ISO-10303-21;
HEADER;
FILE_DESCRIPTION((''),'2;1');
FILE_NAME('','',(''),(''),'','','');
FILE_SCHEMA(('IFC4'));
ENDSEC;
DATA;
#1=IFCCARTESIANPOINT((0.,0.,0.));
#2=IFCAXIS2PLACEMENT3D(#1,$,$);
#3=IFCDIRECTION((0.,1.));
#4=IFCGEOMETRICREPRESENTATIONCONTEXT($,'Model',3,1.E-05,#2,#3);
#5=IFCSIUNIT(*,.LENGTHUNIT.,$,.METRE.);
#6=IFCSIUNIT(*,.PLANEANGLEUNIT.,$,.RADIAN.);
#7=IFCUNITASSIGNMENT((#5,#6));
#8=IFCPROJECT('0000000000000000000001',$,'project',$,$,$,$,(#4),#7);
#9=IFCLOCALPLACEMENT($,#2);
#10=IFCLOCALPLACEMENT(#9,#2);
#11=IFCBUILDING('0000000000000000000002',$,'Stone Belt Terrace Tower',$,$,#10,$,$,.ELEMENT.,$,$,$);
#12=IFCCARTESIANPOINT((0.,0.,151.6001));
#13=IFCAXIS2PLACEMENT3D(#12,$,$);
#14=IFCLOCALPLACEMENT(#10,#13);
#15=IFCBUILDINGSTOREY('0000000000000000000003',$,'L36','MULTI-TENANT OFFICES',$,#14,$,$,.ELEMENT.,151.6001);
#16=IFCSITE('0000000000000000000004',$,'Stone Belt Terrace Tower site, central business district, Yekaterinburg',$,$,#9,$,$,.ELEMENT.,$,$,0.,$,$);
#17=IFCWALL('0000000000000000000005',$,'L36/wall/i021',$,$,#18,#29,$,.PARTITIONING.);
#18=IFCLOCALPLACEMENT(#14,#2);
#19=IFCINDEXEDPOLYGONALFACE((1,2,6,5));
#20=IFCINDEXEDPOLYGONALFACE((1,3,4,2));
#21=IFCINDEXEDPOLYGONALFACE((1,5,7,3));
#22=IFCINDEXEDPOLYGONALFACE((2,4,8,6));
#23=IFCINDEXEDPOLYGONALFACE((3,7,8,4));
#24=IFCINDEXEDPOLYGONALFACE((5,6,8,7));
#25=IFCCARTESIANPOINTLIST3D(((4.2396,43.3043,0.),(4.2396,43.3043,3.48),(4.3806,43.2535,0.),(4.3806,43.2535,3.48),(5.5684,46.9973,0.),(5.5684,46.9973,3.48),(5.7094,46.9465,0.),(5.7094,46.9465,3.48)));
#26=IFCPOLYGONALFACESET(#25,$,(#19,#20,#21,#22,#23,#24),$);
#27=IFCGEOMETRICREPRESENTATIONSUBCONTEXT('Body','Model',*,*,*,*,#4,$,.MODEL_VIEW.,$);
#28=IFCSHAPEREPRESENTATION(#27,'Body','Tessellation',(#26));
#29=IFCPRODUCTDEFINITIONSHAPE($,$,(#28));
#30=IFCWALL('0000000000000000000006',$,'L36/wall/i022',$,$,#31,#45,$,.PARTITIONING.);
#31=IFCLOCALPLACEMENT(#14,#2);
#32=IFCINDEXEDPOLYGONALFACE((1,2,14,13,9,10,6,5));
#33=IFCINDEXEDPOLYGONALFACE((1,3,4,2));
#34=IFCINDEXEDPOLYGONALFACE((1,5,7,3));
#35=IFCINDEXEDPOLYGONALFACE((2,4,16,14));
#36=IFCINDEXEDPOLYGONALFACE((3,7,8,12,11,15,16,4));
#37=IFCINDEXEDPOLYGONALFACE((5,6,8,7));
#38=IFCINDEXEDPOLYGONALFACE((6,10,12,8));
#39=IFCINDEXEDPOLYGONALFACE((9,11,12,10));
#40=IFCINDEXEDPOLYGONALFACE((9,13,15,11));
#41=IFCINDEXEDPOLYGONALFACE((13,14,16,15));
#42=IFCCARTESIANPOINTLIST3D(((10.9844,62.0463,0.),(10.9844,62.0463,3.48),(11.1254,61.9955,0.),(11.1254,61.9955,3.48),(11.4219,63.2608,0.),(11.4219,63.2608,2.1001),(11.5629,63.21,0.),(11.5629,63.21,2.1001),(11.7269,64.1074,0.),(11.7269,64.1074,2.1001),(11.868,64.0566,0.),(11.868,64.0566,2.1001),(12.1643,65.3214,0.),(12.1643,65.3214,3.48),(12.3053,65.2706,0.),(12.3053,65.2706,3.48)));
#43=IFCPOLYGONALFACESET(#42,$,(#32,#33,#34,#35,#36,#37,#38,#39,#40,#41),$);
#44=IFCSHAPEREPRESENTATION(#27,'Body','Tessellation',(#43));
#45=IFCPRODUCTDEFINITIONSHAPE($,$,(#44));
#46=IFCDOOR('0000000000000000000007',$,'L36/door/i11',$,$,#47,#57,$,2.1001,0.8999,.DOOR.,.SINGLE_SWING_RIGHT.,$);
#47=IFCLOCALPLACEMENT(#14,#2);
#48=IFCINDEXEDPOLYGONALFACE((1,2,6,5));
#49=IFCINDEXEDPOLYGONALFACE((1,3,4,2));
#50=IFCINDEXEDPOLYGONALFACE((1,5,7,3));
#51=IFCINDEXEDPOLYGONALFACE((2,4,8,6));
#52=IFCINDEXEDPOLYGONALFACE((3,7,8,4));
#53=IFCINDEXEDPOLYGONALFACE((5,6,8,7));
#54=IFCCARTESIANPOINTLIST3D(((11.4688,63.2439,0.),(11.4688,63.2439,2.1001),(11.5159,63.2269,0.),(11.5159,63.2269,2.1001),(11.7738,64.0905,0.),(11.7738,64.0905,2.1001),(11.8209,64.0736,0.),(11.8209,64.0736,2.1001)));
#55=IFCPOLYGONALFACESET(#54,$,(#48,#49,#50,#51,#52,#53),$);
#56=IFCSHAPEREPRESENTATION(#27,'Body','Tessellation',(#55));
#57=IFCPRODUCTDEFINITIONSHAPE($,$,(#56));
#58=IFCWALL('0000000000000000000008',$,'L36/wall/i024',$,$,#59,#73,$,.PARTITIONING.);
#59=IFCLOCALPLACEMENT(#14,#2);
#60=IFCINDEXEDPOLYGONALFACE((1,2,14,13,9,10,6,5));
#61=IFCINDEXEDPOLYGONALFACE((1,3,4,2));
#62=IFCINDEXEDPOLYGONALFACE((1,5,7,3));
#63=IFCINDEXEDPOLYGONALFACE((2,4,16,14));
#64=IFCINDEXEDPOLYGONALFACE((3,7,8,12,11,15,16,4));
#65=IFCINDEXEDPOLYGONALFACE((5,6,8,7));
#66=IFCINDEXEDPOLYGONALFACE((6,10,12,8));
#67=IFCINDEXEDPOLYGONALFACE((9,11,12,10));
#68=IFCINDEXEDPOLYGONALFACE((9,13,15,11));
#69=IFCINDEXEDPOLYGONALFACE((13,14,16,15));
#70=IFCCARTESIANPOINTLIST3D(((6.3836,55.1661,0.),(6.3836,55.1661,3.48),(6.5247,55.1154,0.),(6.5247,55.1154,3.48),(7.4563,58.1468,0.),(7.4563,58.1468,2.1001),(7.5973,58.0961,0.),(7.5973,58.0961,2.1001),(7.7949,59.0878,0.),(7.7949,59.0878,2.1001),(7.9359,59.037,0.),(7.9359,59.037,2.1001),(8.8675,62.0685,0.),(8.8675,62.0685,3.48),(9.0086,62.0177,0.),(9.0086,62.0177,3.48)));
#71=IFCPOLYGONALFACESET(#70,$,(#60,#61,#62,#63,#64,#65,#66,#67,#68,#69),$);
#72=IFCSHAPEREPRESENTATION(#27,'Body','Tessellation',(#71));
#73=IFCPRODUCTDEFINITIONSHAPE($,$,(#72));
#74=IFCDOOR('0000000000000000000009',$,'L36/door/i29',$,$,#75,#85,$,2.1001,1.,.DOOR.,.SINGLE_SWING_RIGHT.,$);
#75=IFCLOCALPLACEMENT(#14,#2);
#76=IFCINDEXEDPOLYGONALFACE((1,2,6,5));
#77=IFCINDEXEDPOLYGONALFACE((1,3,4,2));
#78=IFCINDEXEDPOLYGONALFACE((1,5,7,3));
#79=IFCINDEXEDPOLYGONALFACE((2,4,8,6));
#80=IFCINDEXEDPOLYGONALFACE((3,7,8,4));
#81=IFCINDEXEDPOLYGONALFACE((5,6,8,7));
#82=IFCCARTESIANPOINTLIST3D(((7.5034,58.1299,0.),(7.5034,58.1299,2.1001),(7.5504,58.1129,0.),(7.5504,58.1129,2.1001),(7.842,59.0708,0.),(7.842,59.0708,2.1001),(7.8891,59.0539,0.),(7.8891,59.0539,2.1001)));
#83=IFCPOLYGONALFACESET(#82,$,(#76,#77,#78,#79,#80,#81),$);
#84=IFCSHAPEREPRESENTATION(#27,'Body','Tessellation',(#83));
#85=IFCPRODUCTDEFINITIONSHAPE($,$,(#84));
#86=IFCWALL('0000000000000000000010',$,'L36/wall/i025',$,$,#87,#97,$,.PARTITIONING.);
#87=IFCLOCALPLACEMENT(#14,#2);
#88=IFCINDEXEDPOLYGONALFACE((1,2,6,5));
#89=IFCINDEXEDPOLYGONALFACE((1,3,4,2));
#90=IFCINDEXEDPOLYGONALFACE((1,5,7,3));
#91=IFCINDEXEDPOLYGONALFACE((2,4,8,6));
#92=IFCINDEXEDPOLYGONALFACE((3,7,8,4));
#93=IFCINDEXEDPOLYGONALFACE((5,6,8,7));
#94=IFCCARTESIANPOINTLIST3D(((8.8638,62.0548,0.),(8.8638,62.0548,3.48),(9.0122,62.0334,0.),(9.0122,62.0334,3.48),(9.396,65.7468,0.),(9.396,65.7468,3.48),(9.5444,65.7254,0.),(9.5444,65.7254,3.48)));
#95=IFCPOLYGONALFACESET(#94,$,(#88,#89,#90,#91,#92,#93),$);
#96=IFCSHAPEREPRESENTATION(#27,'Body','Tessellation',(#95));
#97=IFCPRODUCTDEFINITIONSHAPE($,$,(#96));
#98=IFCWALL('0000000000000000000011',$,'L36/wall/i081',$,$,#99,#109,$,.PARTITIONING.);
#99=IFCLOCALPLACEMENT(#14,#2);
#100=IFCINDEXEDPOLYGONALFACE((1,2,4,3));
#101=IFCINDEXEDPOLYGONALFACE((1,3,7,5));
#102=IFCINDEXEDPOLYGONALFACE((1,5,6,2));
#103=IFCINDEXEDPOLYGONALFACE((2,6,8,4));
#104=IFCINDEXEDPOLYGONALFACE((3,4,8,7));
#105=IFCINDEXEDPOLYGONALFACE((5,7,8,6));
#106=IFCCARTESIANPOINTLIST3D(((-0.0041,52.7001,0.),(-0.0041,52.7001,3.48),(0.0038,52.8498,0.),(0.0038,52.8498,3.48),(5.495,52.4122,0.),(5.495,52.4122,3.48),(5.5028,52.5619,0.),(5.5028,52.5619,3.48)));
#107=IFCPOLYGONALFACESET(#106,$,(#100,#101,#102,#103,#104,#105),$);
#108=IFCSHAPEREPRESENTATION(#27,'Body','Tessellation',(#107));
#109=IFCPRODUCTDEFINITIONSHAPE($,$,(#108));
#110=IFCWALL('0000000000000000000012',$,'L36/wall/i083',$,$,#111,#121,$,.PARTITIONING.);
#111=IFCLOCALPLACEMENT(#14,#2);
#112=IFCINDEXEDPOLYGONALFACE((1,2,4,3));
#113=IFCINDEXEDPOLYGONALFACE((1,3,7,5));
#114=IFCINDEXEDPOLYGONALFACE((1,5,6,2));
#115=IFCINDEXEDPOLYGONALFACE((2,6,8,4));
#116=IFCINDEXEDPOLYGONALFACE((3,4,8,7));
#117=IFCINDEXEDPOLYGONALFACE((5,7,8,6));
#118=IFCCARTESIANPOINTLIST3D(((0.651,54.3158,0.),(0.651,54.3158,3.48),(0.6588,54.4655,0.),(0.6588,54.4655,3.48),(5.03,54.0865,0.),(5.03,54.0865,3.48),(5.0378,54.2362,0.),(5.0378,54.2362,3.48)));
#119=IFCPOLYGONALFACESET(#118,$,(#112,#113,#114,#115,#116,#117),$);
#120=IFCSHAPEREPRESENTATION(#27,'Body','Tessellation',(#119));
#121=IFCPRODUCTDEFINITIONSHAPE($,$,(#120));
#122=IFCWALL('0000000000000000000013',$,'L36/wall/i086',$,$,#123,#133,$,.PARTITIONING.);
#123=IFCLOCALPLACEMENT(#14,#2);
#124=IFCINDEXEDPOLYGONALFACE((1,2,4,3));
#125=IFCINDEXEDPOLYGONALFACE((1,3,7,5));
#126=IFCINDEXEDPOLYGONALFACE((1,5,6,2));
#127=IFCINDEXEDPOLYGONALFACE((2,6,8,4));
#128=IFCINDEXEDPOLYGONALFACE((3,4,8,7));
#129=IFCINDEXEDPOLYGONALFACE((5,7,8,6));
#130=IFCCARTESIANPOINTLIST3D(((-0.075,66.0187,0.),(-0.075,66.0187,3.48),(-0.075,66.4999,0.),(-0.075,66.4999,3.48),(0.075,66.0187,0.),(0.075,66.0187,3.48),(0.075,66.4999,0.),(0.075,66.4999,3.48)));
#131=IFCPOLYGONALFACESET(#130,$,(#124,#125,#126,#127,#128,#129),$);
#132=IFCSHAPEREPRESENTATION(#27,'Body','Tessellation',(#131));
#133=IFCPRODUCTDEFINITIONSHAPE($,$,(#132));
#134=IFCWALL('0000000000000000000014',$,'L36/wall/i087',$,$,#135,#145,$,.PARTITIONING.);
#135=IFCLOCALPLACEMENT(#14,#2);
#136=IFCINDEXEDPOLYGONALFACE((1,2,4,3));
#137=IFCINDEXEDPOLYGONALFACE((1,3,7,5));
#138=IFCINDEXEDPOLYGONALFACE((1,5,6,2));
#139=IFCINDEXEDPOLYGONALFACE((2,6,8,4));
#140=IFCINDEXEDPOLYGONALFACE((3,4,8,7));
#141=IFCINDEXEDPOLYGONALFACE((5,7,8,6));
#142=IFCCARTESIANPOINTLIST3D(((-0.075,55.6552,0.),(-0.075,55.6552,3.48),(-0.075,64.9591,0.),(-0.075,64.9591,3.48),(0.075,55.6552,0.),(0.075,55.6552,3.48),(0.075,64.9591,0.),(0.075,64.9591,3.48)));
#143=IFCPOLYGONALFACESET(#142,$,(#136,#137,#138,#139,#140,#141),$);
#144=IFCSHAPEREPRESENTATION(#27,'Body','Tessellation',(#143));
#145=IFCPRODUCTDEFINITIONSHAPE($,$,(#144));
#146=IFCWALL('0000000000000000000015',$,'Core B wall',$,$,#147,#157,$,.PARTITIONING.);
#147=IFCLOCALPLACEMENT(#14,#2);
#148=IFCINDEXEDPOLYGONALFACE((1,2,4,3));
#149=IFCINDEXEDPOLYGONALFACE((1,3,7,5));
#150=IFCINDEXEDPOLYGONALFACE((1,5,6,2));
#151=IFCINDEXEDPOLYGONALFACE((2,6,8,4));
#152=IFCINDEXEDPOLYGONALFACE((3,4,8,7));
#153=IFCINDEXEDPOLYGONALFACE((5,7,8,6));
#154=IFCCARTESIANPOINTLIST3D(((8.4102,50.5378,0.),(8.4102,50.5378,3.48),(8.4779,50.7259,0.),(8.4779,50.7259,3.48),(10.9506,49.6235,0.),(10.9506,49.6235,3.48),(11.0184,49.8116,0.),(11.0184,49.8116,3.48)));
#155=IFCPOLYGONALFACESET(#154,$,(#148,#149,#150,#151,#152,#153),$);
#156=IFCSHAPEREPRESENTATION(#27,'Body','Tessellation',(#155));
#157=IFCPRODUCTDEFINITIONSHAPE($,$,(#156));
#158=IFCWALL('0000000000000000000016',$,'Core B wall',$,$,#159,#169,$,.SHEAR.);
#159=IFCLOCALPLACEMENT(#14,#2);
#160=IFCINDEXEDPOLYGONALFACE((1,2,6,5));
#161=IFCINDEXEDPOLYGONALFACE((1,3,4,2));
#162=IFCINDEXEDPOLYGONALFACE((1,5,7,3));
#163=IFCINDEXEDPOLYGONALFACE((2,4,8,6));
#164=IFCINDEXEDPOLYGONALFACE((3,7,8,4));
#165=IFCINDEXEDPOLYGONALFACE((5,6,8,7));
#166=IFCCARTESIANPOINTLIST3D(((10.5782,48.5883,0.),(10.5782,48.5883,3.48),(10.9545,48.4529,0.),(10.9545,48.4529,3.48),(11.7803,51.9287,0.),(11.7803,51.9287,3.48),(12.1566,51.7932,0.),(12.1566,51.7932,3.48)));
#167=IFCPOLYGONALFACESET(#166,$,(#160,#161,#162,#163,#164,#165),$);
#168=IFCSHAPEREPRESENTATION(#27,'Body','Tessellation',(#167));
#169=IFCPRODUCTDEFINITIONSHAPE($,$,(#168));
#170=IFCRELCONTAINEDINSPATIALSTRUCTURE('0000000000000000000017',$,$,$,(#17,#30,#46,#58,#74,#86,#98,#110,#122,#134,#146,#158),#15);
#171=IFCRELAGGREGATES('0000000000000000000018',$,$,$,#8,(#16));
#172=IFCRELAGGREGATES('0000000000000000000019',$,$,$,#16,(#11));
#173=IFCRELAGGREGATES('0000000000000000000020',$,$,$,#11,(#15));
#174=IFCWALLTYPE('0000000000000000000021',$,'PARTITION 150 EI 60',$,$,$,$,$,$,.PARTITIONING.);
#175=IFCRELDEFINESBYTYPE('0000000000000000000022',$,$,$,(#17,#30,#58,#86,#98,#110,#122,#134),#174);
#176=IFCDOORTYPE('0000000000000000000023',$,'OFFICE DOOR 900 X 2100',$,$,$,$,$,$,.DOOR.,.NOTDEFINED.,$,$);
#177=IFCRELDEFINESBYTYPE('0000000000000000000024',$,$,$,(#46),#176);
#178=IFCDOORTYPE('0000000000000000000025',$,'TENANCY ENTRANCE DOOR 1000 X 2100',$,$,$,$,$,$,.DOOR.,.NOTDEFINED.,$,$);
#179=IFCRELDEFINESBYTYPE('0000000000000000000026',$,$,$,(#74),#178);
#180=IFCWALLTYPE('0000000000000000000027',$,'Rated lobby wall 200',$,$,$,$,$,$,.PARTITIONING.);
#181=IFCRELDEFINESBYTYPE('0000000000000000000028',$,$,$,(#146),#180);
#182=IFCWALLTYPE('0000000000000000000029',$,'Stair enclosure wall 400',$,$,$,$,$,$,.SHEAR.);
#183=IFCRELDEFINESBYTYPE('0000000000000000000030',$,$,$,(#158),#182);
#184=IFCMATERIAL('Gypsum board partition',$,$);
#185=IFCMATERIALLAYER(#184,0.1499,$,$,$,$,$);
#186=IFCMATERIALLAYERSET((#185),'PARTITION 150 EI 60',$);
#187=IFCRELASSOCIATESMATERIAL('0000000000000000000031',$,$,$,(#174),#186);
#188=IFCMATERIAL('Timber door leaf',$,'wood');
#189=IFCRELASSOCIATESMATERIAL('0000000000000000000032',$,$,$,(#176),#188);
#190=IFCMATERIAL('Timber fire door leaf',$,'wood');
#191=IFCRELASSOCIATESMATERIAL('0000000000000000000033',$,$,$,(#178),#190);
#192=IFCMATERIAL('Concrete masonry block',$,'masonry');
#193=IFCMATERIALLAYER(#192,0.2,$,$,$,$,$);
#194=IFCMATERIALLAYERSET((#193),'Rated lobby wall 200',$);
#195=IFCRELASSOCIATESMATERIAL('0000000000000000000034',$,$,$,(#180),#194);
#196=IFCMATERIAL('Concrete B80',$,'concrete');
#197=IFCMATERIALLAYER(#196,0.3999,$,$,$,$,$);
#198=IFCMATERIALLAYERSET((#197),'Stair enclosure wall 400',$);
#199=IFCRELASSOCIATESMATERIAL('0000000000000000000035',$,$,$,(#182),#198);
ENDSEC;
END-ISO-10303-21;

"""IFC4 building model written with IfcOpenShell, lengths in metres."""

from ifc_helpers import new_model, si_unit, direction, frame, frame_2d, origin, place, context, subcontext, project, spatial, rectangle, extrude, material, layer, layer_set, type_object, element, fill, save


model = new_model("IFC4")

# Units and contexts
model_context = context("Model", 3, precision=1e-05, world=origin(), true_north=direction((0.0, 1.0)))
body_context = subcontext(model_context, "Body", "Model", "MODEL_VIEW")
ifc_project = project(units=[si_unit("LENGTHUNIT", "METRE"), si_unit("PLANEANGLEUNIT", "RADIAN")], contexts=[model_context])

# Site, building, storey
site_placement = place(None, origin())
site = spatial("IfcSite", under=ifc_project, at=site_placement, Name="Stone Belt Terrace Tower site, central business district, Yekaterinburg", CompositionType="ELEMENT", RefElevation=0.0)
building_placement = place(site_placement, origin())
building = spatial("IfcBuilding", under=site, at=building_placement, Name="Stone Belt Terrace Tower", CompositionType="ELEMENT")
storey_placement = place(building_placement, frame((0.0, 0.0, 151.6001)))
storey = spatial("IfcBuildingStorey", under=building, at=storey_placement, Name="L36", Description="MULTI-TENANT OFFICES", CompositionType="ELEMENT", Elevation=151.6001)

# Shared definitions
ifc_material_1 = material(Name="Concrete B80", Category="concrete")

# Shared definitions
ifc_material_2 = material(Name="Timber door leaf", Category="wood")

# Wall
ifc_material_3 = material(Name="Gypsum board partition")
ifc_layer_1 = layer(ifc_material_3, 0.1499)
ifc_layer_set_1 = layer_set([ifc_layer_1], Name="PARTITION 150 EI 60")
wall_type_1 = type_object("IfcWallType", Name="PARTITION 150 EI 60", PredefinedType="PARTITIONING", material=ifc_layer_set_1)
wall_1_placement = place(storey_placement, frame((5.6389, 46.9719, 0.0), z_axis=(0.0, 0.0, 1.0), x_axis=(-0.33857, -0.940941, 0.0)))
element("IfcWall", 1, at=wall_1_placement, inside=storey, type_object=wall_type_1, Name="L36/wall/i021", PredefinedType="PARTITIONING", context=body_context, shape_type="SweptSolid", body=[
    extrude(rectangle(XDim=3.9248, YDim=0.1499, at=frame_2d((1.9624, 0.0))), origin(), (0.0, 0.0, 1.0), 3.48),
])

# Walls, openings, doors
wall_2_placement = place(storey_placement, frame((12.2349, 65.2961, 0.0), z_axis=(0.0, 0.0, 1.0), x_axis=(-0.338943, -0.940807, 0.0)))
wall_2 = element("IfcWall", 2, at=wall_2_placement, inside=storey, type_object=wall_type_1, Name="L36/wall/i022", PredefinedType="PARTITIONING", context=body_context, shape_type="SweptSolid", body=[
    extrude(rectangle(XDim=3.4812, YDim=0.1499, at=frame_2d((1.7407, 0.0))), origin(), (0.0, 0.0, 1.0), 3.48),
])
opening_1_placement = place(wall_2_placement, frame((1.2905, 0.0, 0.0)))
opening_1 = element("IfcOpeningElement", 3, at=opening_1_placement, cuts=wall_2, PredefinedType="OPENING", context=body_context, shape_type="SweptSolid", body=[
    extrude(rectangle(XDim=0.8999, YDim=2.1001, at=frame_2d((0.45, 1.05))), frame((0.0, 0.085, 0.0), z_axis=(0.0, -1.0, 0.0), x_axis=(1.0, 0.0, 0.0)), (0.0, 0.0, 1.0), 0.1699),
])
door_type_1 = type_object("IfcDoorType", Name="OFFICE DOOR 900 X 2100", OperationType="NOTDEFINED", PredefinedType="DOOR", material=ifc_material_2)
door_1_placement = place(opening_1_placement, origin())
door_1 = element("IfcDoor", 4, at=door_1_placement, inside=storey, type_object=door_type_1, Name="L36/door/i11", OperationType="SINGLE_SWING_RIGHT", OverallHeight=2.1001, OverallWidth=0.8999, PredefinedType="DOOR", context=body_context, shape_type="SweptSolid", body=[
    extrude(rectangle(XDim=0.8999, YDim=2.1001, at=frame_2d((0.45, 1.05))), frame((0.0, 0.0249, 0.0), z_axis=(0.0, -1.0, 0.0), x_axis=(1.0, 0.0, 0.0)), (0.0, 0.0, 1.0), 0.05),
])
fill(opening_1, door_1)
wall_3_placement = place(storey_placement, frame((6.4541, 55.1406, 0.0), z_axis=(0.0, 0.0, 1.0), x_axis=(0.338604, 0.940929, 0.0)))
wall_3 = element("IfcWall", 5, at=wall_3_placement, inside=storey, type_object=wall_type_1, Name="L36/wall/i024", PredefinedType="PARTITIONING", context=body_context, shape_type="SweptSolid", body=[
    extrude(rectangle(XDim=7.3357, YDim=0.1499, at=frame_2d((3.668, 0.0))), origin(), (0.0, 0.0, 1.0), 3.48),
])
opening_2_placement = place(wall_3_placement, frame((3.168, 0.0, 0.0)))
opening_2 = element("IfcOpeningElement", 6, at=opening_2_placement, cuts=wall_3, PredefinedType="OPENING", context=body_context, shape_type="SweptSolid", body=[
    extrude(rectangle(XDim=1.0, YDim=2.1001, at=frame_2d((0.5, 1.05))), frame((0.0, 0.085, 0.0), z_axis=(0.0, -1.0, 0.0), x_axis=(1.0, 0.0, 0.0)), (0.0, 0.0, 1.0), 0.1699),
])
ifc_material_4 = material(Name="Timber fire door leaf", Category="wood")
door_type_2 = type_object("IfcDoorType", Name="TENANCY ENTRANCE DOOR 1000 X 2100", OperationType="NOTDEFINED", PredefinedType="DOOR", material=ifc_material_4)
door_2_placement = place(opening_2_placement, origin())
door_2 = element("IfcDoor", 7, at=door_2_placement, inside=storey, type_object=door_type_2, Name="L36/door/i29", OperationType="SINGLE_SWING_RIGHT", OverallHeight=2.1001, OverallWidth=1.0, PredefinedType="DOOR", context=body_context, shape_type="SweptSolid", body=[
    extrude(rectangle(XDim=1.0, YDim=2.1001, at=frame_2d((0.5, 1.05))), frame((0.0, 0.0249, 0.0), z_axis=(0.0, -1.0, 0.0), x_axis=(1.0, 0.0, 0.0)), (0.0, 0.0, 1.0), 0.05),
])
fill(opening_2, door_2)

# Walls
wall_4_placement = place(storey_placement, frame((8.938, 62.0439, 0.0), z_axis=(0.0, 0.0, 1.0), x_axis=(0.142677, 0.989769, 0.0)))
element("IfcWall", 8, at=wall_4_placement, inside=storey, type_object=wall_type_1, Name="L36/wall/i025", PredefinedType="PARTITIONING", context=body_context, shape_type="SweptSolid", body=[
    extrude(rectangle(XDim=3.7302, YDim=0.1499, at=frame_2d((1.8652, 0.0))), origin(), (0.0, 0.0, 1.0), 3.48),
])
wall_5_placement = place(storey_placement, frame((5.499, 52.4871, 0.0), z_axis=(0.0, 0.0, 1.0), x_axis=(-0.998633, 0.052273, 0.0)))
element("IfcWall", 9, at=wall_5_placement, inside=storey, type_object=wall_type_1, Name="L36/wall/i081", PredefinedType="PARTITIONING", context=body_context, shape_type="SweptSolid", body=[
    extrude(rectangle(XDim=5.5066, YDim=0.1499, at=frame_2d((2.7534, 0.0))), origin(), (0.0, 0.0, 1.0), 3.48),
])
wall_6_placement = place(storey_placement, frame((0.655, 54.3906, 0.0), z_axis=(0.0, 0.0, 1.0), x_axis=(0.998632, -0.052281, 0.0)))
element("IfcWall", 10, at=wall_6_placement, inside=storey, type_object=wall_type_1, Name="L36/wall/i083", PredefinedType="PARTITIONING", context=body_context, shape_type="SweptSolid", body=[
    extrude(rectangle(XDim=4.385, YDim=0.1499, at=frame_2d((2.1924, 0.0))), origin(), (0.0, 0.0, 1.0), 3.48),
])
wall_7_placement = place(storey_placement, frame((0.0, 66.5, 0.0), z_axis=(0.0, 0.0, 1.0), x_axis=(0.0, -1.0, 0.0)))
element("IfcWall", 11, at=wall_7_placement, inside=storey, type_object=wall_type_1, Name="L36/wall/i086", PredefinedType="PARTITIONING", context=body_context, shape_type="SweptSolid", body=[
    extrude(rectangle(XDim=0.4812, YDim=0.1499, at=frame_2d((0.2407, 0.0))), origin(), (0.0, 0.0, 1.0), 3.48),
])
wall_8_placement = place(storey_placement, frame((0.0, 64.959, 0.0), z_axis=(0.0, 0.0, 1.0), x_axis=(0.0, -1.0, 0.0)))
element("IfcWall", 12, at=wall_8_placement, inside=storey, type_object=wall_type_1, Name="L36/wall/i087", PredefinedType="PARTITIONING", context=body_context, shape_type="SweptSolid", body=[
    extrude(rectangle(XDim=9.304, YDim=0.1499, at=frame_2d((4.6519, 0.0))), origin(), (0.0, 0.0, 1.0), 3.48),
])
ifc_material_5 = material(Name="Concrete masonry block", Category="masonry")
ifc_layer_2 = layer(ifc_material_5, 0.2)
ifc_layer_set_2 = layer_set([ifc_layer_2], Name="Rated lobby wall 200")
wall_type_2 = type_object("IfcWallType", Name="Rated lobby wall 200", PredefinedType="PARTITIONING", material=ifc_layer_set_2)
wall_9_placement = place(storey_placement, frame((10.9846, 49.7175, 0.0), z_axis=(0.0, 0.0, 1.0), x_axis=(-0.940921, 0.338627, 0.0)))
element("IfcWall", 13, at=wall_9_placement, inside=storey, type_object=wall_type_2, Name="Core B wall", PredefinedType="PARTITIONING", context=body_context, shape_type="SweptSolid", body=[
    extrude(rectangle(XDim=2.7, YDim=0.2, at=frame_2d((1.3501, 0.0))), origin(), (0.0, 0.0, 1.0), 3.48),
])
ifc_layer_3 = layer(ifc_material_1, 0.3999)
ifc_layer_set_3 = layer_set([ifc_layer_3], Name="Stair enclosure wall 400")
wall_type_3 = type_object("IfcWallType", Name="Stair enclosure wall 400", PredefinedType="SHEAR", material=ifc_layer_set_3)
wall_10_placement = place(storey_placement, frame((10.7664, 48.5208, 0.0), z_axis=(0.0, 0.0, 1.0), x_axis=(0.338627, 0.940921, 0.0)))
element("IfcWall", 14, at=wall_10_placement, inside=storey, type_object=wall_type_3, Name="Core B wall", PredefinedType="SHEAR", context=body_context, shape_type="SweptSolid", body=[
    extrude(rectangle(XDim=3.55, YDim=0.3999, at=frame_2d((1.7749, 0.0))), origin(), (0.0, 0.0, 1.0), 3.48),
])

save(model, "model.ifc")
